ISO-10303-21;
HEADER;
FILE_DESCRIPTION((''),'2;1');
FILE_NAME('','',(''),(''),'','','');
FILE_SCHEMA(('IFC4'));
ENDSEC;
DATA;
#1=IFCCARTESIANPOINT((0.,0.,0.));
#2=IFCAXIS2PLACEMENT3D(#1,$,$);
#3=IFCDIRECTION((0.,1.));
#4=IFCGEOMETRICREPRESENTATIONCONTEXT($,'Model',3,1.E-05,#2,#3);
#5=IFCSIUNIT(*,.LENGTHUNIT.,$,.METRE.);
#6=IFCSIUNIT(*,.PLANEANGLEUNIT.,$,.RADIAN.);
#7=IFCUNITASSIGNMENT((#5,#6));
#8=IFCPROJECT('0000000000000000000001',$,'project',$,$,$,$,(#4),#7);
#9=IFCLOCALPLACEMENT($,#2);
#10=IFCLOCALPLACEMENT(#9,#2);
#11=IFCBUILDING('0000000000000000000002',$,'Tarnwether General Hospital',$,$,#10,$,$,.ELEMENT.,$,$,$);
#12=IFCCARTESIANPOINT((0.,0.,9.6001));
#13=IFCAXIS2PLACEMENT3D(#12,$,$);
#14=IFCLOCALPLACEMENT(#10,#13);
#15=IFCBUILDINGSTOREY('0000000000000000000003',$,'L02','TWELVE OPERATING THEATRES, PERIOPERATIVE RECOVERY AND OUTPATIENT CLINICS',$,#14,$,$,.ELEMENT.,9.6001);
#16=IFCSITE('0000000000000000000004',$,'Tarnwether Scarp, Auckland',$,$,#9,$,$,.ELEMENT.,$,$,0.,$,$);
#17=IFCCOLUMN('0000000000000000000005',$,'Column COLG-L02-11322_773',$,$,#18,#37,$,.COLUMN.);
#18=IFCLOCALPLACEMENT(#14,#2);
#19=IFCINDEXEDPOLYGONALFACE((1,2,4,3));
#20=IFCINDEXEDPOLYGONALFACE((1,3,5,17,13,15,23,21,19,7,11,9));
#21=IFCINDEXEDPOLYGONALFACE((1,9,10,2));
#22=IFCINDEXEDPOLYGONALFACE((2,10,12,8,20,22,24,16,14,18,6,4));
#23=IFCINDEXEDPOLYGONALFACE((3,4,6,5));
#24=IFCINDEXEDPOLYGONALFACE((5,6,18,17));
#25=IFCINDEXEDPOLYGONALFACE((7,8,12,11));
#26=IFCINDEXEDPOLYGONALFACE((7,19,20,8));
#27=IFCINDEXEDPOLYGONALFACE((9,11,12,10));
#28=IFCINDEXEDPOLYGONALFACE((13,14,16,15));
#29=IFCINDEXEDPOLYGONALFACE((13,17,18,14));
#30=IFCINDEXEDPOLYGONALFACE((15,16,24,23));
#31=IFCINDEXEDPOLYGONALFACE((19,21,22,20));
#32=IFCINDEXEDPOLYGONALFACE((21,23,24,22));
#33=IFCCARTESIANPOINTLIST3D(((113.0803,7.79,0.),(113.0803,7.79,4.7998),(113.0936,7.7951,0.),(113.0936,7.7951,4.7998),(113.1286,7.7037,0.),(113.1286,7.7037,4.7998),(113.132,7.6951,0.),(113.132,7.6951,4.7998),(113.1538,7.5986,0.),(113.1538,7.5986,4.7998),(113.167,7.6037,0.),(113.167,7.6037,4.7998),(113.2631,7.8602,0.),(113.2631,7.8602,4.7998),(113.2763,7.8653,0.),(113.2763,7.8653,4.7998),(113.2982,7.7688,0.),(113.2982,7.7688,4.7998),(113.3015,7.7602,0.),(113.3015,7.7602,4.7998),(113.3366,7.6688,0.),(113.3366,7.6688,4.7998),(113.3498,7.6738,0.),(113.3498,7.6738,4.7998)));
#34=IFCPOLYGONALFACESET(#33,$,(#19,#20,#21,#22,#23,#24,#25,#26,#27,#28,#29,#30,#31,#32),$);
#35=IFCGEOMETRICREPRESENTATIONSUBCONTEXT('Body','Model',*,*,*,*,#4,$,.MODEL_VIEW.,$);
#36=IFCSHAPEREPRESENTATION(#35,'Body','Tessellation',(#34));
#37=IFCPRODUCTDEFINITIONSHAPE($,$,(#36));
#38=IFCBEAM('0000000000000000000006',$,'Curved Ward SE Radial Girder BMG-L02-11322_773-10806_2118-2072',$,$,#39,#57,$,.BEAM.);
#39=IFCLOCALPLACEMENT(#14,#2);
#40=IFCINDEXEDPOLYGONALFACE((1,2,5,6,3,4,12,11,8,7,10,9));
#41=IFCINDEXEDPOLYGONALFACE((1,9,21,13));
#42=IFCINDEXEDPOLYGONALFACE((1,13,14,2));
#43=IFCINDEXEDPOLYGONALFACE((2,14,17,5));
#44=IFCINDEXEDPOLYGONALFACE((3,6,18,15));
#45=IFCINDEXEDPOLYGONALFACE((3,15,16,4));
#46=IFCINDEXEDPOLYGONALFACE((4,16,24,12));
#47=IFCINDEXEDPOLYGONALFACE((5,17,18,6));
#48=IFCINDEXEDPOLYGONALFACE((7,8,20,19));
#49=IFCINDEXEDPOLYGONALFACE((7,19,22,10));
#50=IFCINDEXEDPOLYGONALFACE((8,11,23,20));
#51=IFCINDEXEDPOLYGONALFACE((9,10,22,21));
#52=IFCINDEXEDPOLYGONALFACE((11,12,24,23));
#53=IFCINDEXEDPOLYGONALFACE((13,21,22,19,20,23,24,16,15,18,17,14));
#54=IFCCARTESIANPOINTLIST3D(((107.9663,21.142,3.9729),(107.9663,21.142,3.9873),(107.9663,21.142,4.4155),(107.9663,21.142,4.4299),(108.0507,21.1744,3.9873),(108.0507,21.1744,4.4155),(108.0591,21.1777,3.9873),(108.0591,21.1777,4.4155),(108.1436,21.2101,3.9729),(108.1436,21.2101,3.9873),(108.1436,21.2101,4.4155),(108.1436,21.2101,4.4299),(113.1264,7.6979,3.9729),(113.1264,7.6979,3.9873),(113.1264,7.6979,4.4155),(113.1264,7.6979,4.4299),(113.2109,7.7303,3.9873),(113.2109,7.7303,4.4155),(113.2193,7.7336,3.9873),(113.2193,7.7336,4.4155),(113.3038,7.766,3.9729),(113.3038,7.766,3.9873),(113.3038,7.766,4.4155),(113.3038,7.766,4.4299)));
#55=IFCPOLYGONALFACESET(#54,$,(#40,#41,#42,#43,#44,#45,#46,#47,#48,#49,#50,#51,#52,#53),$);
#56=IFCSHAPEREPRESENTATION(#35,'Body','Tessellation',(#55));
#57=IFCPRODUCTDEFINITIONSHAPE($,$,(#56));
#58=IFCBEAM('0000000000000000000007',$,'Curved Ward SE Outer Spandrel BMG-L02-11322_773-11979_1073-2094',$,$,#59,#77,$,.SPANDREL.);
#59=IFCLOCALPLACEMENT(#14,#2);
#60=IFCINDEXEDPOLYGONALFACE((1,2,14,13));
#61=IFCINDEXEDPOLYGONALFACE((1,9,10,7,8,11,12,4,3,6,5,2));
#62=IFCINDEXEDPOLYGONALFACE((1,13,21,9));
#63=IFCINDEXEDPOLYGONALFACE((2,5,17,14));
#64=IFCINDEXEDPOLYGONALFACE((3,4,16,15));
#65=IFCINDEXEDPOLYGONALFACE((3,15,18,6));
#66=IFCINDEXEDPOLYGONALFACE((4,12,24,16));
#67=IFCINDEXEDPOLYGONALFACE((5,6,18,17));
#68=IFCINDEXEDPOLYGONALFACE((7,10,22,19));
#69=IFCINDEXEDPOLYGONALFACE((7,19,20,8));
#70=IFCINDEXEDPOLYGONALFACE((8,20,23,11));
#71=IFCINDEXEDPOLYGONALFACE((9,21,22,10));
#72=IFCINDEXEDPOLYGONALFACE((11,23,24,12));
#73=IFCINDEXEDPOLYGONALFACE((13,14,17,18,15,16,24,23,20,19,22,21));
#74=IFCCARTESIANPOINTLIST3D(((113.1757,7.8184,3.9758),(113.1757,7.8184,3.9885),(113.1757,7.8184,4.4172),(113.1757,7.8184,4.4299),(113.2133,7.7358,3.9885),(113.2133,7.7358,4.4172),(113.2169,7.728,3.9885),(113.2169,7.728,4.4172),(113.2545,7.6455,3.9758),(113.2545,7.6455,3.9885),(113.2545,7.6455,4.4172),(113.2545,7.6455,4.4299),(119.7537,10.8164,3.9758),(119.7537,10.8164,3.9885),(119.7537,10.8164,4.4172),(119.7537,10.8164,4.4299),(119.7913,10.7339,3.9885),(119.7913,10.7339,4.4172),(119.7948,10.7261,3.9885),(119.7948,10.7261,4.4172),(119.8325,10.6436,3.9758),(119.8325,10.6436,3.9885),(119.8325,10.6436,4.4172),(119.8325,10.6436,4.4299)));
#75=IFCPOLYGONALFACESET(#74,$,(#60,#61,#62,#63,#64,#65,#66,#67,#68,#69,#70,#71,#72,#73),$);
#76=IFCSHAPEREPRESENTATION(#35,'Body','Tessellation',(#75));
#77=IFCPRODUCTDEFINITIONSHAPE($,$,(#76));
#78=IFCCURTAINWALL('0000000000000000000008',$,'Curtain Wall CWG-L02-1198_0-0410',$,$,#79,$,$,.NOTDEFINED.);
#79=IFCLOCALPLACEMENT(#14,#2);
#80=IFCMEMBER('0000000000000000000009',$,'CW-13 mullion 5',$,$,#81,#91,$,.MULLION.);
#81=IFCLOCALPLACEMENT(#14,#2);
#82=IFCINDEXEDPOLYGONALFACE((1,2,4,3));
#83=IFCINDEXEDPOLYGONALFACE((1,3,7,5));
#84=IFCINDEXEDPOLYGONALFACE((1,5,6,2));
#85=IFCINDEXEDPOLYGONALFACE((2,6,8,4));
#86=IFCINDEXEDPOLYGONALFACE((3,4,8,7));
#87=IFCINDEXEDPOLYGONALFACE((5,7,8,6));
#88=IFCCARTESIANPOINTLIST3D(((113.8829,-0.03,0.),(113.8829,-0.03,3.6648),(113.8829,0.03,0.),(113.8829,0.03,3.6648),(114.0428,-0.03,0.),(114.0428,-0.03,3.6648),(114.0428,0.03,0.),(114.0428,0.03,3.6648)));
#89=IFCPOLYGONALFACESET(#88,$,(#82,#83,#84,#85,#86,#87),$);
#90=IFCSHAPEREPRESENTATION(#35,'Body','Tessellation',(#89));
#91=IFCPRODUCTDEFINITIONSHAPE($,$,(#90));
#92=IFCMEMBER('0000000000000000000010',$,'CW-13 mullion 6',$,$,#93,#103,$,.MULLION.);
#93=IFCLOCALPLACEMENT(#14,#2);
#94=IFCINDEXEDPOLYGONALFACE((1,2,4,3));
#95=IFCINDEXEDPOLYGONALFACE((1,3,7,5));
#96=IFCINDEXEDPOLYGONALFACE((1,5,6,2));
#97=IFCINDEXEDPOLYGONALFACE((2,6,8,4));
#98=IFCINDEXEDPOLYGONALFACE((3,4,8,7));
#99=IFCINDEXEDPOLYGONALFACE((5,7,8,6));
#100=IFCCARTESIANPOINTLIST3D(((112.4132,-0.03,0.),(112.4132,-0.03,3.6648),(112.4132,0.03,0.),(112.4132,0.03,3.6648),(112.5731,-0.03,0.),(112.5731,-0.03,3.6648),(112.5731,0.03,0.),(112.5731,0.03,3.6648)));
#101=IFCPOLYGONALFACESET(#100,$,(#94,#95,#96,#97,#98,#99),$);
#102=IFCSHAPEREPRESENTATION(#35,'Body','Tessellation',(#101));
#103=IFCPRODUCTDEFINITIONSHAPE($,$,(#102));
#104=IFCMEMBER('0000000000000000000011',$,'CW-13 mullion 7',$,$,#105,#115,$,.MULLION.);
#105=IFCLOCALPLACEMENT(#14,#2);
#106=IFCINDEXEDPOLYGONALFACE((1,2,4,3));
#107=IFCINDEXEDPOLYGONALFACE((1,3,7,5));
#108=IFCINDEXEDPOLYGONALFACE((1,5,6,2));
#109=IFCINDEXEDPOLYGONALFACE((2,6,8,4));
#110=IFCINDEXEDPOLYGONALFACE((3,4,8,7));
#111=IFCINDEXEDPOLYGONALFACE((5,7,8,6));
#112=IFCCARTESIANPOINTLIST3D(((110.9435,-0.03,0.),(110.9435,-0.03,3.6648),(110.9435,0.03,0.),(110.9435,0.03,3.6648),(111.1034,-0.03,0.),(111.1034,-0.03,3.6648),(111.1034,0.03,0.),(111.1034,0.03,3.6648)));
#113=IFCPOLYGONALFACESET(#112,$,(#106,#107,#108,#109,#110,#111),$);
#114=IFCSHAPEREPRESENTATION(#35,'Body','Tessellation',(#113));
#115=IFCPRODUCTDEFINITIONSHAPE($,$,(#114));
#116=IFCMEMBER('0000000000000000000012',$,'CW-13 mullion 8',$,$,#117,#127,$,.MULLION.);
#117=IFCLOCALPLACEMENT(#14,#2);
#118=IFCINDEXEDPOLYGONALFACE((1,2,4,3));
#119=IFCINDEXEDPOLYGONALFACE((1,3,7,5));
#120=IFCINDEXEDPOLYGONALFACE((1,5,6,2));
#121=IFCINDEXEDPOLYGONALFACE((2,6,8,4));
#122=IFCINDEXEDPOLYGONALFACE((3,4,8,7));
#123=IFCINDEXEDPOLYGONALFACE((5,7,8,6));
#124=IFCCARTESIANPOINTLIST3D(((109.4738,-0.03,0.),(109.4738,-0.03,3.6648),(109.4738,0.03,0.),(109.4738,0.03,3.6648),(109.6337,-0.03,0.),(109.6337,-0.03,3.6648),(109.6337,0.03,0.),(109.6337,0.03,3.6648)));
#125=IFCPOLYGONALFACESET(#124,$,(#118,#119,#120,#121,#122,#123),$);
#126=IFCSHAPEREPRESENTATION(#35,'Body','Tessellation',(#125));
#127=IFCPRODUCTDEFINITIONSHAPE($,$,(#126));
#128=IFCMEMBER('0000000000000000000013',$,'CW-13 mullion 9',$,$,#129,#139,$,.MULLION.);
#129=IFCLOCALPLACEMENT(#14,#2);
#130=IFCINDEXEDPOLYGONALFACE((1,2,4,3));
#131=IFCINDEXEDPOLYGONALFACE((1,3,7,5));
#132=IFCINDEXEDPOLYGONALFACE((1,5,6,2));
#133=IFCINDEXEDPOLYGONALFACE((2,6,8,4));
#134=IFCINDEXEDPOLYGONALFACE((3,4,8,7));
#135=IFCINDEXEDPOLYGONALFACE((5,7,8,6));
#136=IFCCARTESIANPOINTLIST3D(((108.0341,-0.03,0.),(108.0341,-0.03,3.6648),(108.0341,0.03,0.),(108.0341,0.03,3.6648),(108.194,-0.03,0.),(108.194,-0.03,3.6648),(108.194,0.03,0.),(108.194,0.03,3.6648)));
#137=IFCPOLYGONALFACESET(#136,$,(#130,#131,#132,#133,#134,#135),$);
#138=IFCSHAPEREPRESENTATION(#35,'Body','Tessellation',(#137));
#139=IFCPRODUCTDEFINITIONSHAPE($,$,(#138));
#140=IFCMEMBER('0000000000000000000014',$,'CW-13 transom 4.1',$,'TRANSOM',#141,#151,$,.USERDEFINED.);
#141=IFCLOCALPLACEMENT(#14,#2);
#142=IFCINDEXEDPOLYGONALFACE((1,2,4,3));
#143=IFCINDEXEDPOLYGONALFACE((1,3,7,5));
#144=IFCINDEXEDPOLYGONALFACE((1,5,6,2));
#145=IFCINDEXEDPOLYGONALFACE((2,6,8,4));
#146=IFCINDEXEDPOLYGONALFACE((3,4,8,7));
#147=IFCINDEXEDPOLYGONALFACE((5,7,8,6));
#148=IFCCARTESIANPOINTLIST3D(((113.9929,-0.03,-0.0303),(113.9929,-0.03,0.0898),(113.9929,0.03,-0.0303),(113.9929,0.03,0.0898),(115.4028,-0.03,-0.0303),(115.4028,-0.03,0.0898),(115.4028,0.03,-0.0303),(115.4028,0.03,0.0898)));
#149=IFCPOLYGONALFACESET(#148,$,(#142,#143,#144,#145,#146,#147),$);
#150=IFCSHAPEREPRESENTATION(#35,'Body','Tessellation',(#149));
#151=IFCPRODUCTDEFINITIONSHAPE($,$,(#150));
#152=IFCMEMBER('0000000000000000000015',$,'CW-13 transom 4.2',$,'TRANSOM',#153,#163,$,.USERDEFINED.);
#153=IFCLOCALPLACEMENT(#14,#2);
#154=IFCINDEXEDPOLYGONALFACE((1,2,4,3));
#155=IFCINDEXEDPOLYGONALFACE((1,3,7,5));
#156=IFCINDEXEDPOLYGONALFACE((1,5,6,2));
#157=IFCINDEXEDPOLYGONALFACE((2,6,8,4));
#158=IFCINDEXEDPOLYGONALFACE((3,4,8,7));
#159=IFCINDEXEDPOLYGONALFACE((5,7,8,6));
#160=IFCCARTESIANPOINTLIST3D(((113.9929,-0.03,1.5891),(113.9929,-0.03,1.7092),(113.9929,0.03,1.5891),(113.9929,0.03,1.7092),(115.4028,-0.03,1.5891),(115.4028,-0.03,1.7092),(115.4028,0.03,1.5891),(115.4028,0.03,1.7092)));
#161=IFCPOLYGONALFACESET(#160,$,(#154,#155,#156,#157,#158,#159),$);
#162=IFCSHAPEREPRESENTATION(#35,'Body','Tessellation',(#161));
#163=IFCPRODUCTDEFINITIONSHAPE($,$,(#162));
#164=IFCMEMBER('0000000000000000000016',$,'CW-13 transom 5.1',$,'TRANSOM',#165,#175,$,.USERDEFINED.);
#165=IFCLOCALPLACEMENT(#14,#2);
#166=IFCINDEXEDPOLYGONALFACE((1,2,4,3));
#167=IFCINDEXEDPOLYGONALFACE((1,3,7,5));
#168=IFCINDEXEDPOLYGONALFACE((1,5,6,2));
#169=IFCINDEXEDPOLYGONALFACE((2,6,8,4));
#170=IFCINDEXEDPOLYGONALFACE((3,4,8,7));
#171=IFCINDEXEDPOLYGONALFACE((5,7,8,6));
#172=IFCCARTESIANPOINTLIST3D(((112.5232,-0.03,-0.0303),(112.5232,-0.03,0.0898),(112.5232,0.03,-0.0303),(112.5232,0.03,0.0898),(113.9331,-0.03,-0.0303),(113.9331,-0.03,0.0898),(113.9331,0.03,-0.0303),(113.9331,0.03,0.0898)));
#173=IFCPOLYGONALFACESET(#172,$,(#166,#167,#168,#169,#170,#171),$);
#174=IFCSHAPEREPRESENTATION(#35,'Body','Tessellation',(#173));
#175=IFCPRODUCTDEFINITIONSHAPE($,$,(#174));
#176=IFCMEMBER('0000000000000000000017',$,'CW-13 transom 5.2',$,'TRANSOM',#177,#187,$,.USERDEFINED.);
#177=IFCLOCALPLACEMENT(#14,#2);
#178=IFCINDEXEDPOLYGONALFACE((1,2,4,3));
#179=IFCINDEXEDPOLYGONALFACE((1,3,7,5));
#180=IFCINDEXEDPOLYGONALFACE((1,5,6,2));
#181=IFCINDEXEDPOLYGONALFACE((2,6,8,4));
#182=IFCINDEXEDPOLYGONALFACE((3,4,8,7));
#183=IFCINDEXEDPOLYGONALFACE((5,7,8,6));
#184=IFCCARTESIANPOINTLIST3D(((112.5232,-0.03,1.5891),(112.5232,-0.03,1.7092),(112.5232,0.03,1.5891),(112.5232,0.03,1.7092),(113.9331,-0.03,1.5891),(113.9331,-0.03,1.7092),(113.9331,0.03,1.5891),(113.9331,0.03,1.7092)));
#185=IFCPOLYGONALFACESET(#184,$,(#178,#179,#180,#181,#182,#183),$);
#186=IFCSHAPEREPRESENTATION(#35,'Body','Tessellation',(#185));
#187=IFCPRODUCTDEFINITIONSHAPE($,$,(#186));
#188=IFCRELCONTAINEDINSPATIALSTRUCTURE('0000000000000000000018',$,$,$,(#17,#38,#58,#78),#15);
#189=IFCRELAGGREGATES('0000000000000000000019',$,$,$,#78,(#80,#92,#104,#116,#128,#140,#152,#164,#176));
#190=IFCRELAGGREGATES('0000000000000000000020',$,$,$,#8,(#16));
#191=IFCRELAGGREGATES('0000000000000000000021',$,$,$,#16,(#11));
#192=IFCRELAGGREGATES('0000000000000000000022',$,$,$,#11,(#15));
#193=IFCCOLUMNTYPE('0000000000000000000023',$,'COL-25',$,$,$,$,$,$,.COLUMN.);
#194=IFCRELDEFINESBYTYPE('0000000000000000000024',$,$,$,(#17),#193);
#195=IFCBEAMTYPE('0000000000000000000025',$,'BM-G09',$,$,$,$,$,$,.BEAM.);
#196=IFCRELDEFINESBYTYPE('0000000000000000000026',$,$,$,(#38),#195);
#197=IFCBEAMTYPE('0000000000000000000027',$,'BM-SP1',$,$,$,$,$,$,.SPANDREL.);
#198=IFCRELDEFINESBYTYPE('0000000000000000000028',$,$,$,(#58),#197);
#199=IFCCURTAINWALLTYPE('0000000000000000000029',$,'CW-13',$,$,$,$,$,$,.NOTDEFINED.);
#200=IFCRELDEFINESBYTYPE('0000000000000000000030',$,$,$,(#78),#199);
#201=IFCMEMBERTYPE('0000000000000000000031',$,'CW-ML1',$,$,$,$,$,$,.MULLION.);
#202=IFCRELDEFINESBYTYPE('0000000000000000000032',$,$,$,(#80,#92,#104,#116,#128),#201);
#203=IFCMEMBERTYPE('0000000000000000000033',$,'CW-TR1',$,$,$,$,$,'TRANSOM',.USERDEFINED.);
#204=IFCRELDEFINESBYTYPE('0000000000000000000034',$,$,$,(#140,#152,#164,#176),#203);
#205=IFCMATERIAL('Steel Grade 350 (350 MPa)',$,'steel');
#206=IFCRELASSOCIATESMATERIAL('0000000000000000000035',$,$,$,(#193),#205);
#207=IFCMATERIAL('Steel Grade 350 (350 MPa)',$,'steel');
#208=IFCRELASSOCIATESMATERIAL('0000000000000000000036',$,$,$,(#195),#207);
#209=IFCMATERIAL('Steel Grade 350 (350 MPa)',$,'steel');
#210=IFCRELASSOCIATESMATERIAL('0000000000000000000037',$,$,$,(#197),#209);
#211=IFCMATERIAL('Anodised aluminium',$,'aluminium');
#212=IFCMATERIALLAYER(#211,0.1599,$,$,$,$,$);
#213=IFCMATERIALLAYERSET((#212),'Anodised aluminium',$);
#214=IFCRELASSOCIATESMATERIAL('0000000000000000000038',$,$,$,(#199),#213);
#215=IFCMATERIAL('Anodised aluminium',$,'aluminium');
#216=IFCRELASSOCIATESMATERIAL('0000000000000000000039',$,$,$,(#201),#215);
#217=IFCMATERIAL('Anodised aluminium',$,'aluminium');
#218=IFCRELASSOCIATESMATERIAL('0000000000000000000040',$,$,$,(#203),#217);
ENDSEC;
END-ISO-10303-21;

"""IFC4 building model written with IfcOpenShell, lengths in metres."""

from ifc_helpers import new_model, si_unit, direction, frame, origin, origin_2d, place, context, subcontext, project, spatial, rectangle, i_section, extrude, material, layer, layer_set, material_profile, profile_set, type_object, element, aggregate, save


model = new_model("IFC4")

# Units and contexts
model_context = context("Model", 3, precision=1e-05, world=origin(), true_north=direction((0.0, 1.0)))
body_context = subcontext(model_context, "Body", "Model", "MODEL_VIEW")
ifc_project = project(units=[si_unit("LENGTHUNIT", "METRE"), si_unit("PLANEANGLEUNIT", "RADIAN")], contexts=[model_context])

# Site, building, storey
site_placement = place(None, origin())
site = spatial("IfcSite", under=ifc_project, at=site_placement, Name="Tarnwether Scarp, Auckland", CompositionType="ELEMENT", RefElevation=0.0)
building_placement = place(site_placement, origin())
building = spatial("IfcBuilding", under=site, at=building_placement, Name="Tarnwether General Hospital", CompositionType="ELEMENT")
storey_placement = place(building_placement, frame((0.0, 0.0, 9.6001)))
storey = spatial("IfcBuildingStorey", under=building, at=storey_placement, Name="L02", Description="TWELVE OPERATING THEATRES, PERIOPERATIVE RECOVERY AND OUTPATIENT CLINICS", CompositionType="ELEMENT", Elevation=9.6001)

# Column
ifc_material_1 = material(Name="Steel Grade 350 (350 MPa)", Category="steel")
ifc_material_profile_1 = material_profile(ifc_material_1, i_section(OverallWidth=0.2051, OverallDepth=0.21, WebThickness=0.0093, FlangeThickness=0.0142, at=origin_2d()), Name="200UC59.5")
ifc_profile_set_1 = profile_set([ifc_material_profile_1], Name="Steel Grade 350 (350 MPa)")
column_type = type_object("IfcColumnType", Name="COL-25", PredefinedType="COLUMN", material=ifc_profile_set_1)
column_placement = place(storey_placement, frame((113.2151, 7.7319, 0.0), z_axis=(0.0, 0.0, 1.0), x_axis=(-0.358368, 0.93358, 0.0)))
element("IfcColumn", 1, at=column_placement, inside=storey, type_object=column_type, Name="Column COLG-L02-11322_773", PredefinedType="COLUMN", context=body_context, shape_type="SweptSolid", body=[
    extrude(i_section(OverallWidth=0.2051, OverallDepth=0.21, WebThickness=0.0093, FlangeThickness=0.0142, at=origin_2d()), origin(), (0.0, 0.0, 1.0), 4.7998),
])

# Beams
ifc_material_2 = material(Name="Steel Grade 350 (350 MPa)", Category="steel")
ifc_material_profile_2 = material_profile(ifc_material_2, i_section(OverallWidth=0.1899, OverallDepth=0.457, WebThickness=0.009, FlangeThickness=0.0144, at=origin_2d()), Name="460UB74.6")
ifc_profile_set_2 = profile_set([ifc_material_profile_2], Name="Steel Grade 350 (350 MPa)")
beam_type_1 = type_object("IfcBeamType", Name="BM-G09", PredefinedType="BEAM", material=ifc_profile_set_2)
beam_1_placement = place(storey_placement, frame((113.2151, 7.7319, 4.2014), z_axis=(-0.358335, 0.933593, 0.0), x_axis=(-0.933593, -0.358335, 0.0)))
element("IfcBeam", 2, at=beam_1_placement, inside=storey, type_object=beam_type_1, Name="Curved Ward SE Radial Girder BMG-L02-11322_773-10806_2118-2072", PredefinedType="BEAM", context=body_context, shape_type="SweptSolid", body=[
    extrude(i_section(OverallWidth=0.1899, OverallDepth=0.457, WebThickness=0.009, FlangeThickness=0.0144, at=origin_2d()), origin(), (0.0, 0.0, 1.0), 14.4004),
])
ifc_material_3 = material(Name="Steel Grade 350 (350 MPa)", Category="steel")
ifc_material_profile_3 = material_profile(ifc_material_3, i_section(OverallWidth=0.1899, OverallDepth=0.4541, WebThickness=0.0085, FlangeThickness=0.0127, at=origin_2d()), Name="460UB67.1")
ifc_profile_set_3 = profile_set([ifc_material_profile_3], Name="Steel Grade 350 (350 MPa)")
beam_type_2 = type_object("IfcBeamType", Name="BM-SP1", PredefinedType="SPANDREL", material=ifc_profile_set_3)
beam_2_placement = place(storey_placement, frame((113.2151, 7.7319, 4.2029), z_axis=(0.909944, 0.414731, 0.0), x_axis=(-0.414731, 0.909944, 0.0)))
element("IfcBeam", 3, at=beam_2_placement, inside=storey, type_object=beam_type_2, Name="Curved Ward SE Outer Spandrel BMG-L02-11322_773-11979_1073-2094", PredefinedType="SPANDREL", context=body_context, shape_type="SweptSolid", body=[
    extrude(i_section(OverallWidth=0.1899, OverallDepth=0.4541, WebThickness=0.0085, FlangeThickness=0.0127, at=origin_2d()), origin(), (0.0, 0.0, 1.0), 7.229),
])

# Curtain wall, members
ifc_material_4 = material(Name="Anodised aluminium", Category="aluminium")
ifc_layer_1 = layer(ifc_material_4, 0.1599)
ifc_layer_set_1 = layer_set([ifc_layer_1], Name="Anodised aluminium")
curtain_wall_type = type_object("IfcCurtainWallType", Name="CW-13", PredefinedType="NOTDEFINED", material=ifc_layer_set_1)
curtain_wall_placement = place(storey_placement, origin())
curtain_wall = element("IfcCurtainWall", 4, at=curtain_wall_placement, inside=storey, type_object=curtain_wall_type, Name="Curtain Wall CWG-L02-1198_0-0410", PredefinedType="NOTDEFINED")
ifc_material_5 = material(Name="Anodised aluminium", Category="aluminium")
ifc_material_profile_4 = material_profile(ifc_material_5, rectangle(XDim=0.0601, YDim=0.1599, at=origin_2d()), Name="ALU-MUL-60x160")
ifc_profile_set_4 = profile_set([ifc_material_profile_4], Name="Anodised aluminium")
member_type_1 = type_object("IfcMemberType", Name="CW-ML1", PredefinedType="MULLION", material=ifc_profile_set_4)
member_1_placement = place(storey_placement, frame((113.9629, 0.0, 0.0), z_axis=(0.0, 0.0, 1.0), x_axis=(0.0, -1.0, 0.0)))
member_1 = element("IfcMember", 5, at=member_1_placement, type_object=member_type_1, Name="CW-13 mullion 5", PredefinedType="MULLION", context=body_context, shape_type="SweptSolid", body=[
    extrude(rectangle(XDim=0.0601, YDim=0.1599, at=origin_2d()), origin(), (0.0, 0.0, 1.0), 3.6648),
])
member_2_placement = place(storey_placement, frame((112.4932, 0.0, 0.0), z_axis=(0.0, 0.0, 1.0), x_axis=(0.0, -1.0, 0.0)))
member_2 = element("IfcMember", 6, at=member_2_placement, type_object=member_type_1, Name="CW-13 mullion 6", PredefinedType="MULLION", context=body_context, shape_type="SweptSolid", body=[
    extrude(rectangle(XDim=0.0601, YDim=0.1599, at=origin_2d()), origin(), (0.0, 0.0, 1.0), 3.6648),
])
member_3_placement = place(storey_placement, frame((111.0234, 0.0, 0.0), z_axis=(0.0, 0.0, 1.0), x_axis=(0.0, -1.0, 0.0)))
member_3 = element("IfcMember", 7, at=member_3_placement, type_object=member_type_1, Name="CW-13 mullion 7", PredefinedType="MULLION", context=body_context, shape_type="SweptSolid", body=[
    extrude(rectangle(XDim=0.0601, YDim=0.1599, at=origin_2d()), origin(), (0.0, 0.0, 1.0), 3.6648),
])
member_4_placement = place(storey_placement, frame((109.5537, 0.0, 0.0), z_axis=(0.0, 0.0, 1.0), x_axis=(0.0, -1.0, 0.0)))
member_4 = element("IfcMember", 8, at=member_4_placement, type_object=member_type_1, Name="CW-13 mullion 8", PredefinedType="MULLION", context=body_context, shape_type="SweptSolid", body=[
    extrude(rectangle(XDim=0.0601, YDim=0.1599, at=origin_2d()), origin(), (0.0, 0.0, 1.0), 3.6648),
])
member_5_placement = place(storey_placement, frame((108.114, 0.0, 0.0), z_axis=(0.0, 0.0, 1.0), x_axis=(0.0, -1.0, 0.0)))
member_5 = element("IfcMember", 9, at=member_5_placement, type_object=member_type_1, Name="CW-13 mullion 9", PredefinedType="MULLION", context=body_context, shape_type="SweptSolid", body=[
    extrude(rectangle(XDim=0.0601, YDim=0.1599, at=origin_2d()), origin(), (0.0, 0.0, 1.0), 3.6648),
])
ifc_material_6 = material(Name="Anodised aluminium", Category="aluminium")
ifc_material_profile_5 = material_profile(ifc_material_6, rectangle(XDim=0.0601, YDim=0.1201, at=origin_2d()), Name="ALU-TRN-60x120")
ifc_profile_set_5 = profile_set([ifc_material_profile_5], Name="Anodised aluminium")
member_type_2 = type_object("IfcMemberType", Name="CW-TR1", ElementType="TRANSOM", PredefinedType="USERDEFINED", material=ifc_profile_set_5)
member_6_placement = place(storey_placement, frame((115.4028, 0.0, 0.0298), z_axis=(-1.0, 0.0, 0.0), x_axis=(0.0, -1.0, 0.0)))
member_6 = element("IfcMember", 10, at=member_6_placement, type_object=member_type_2, Name="CW-13 transom 4.1", ObjectType="TRANSOM", PredefinedType="USERDEFINED", context=body_context, shape_type="SweptSolid", body=[
    extrude(rectangle(XDim=0.0601, YDim=0.1201, at=origin_2d()), origin(), (0.0, 0.0, 1.0), 1.4099),
])
member_7_placement = place(storey_placement, frame((115.4028, 0.0, 1.6492), z_axis=(-1.0, 0.0, 0.0), x_axis=(0.0, -1.0, 0.0)))
member_7 = element("IfcMember", 11, at=member_7_placement, type_object=member_type_2, Name="CW-13 transom 4.2", ObjectType="TRANSOM", PredefinedType="USERDEFINED", context=body_context, shape_type="SweptSolid", body=[
    extrude(rectangle(XDim=0.0601, YDim=0.1201, at=origin_2d()), origin(), (0.0, 0.0, 1.0), 1.4099),
])
member_8_placement = place(storey_placement, frame((113.9331, 0.0, 0.0298), z_axis=(-1.0, 0.0, 0.0), x_axis=(0.0, -1.0, 0.0)))
member_8 = element("IfcMember", 12, at=member_8_placement, type_object=member_type_2, Name="CW-13 transom 5.1", ObjectType="TRANSOM", PredefinedType="USERDEFINED", context=body_context, shape_type="SweptSolid", body=[
    extrude(rectangle(XDim=0.0601, YDim=0.1201, at=origin_2d()), origin(), (0.0, 0.0, 1.0), 1.4099),
])
member_9_placement = place(storey_placement, frame((113.9331, 0.0, 1.6492), z_axis=(-1.0, 0.0, 0.0), x_axis=(0.0, -1.0, 0.0)))
member_9 = element("IfcMember", 13, at=member_9_placement, type_object=member_type_2, Name="CW-13 transom 5.2", ObjectType="TRANSOM", PredefinedType="USERDEFINED", context=body_context, shape_type="SweptSolid", body=[
    extrude(rectangle(XDim=0.0601, YDim=0.1201, at=origin_2d()), origin(), (0.0, 0.0, 1.0), 1.4099),
])
aggregate(curtain_wall, [member_1, member_2, member_3, member_4, member_5, member_6, member_7, member_8, member_9])

save(model, "model.ifc")
